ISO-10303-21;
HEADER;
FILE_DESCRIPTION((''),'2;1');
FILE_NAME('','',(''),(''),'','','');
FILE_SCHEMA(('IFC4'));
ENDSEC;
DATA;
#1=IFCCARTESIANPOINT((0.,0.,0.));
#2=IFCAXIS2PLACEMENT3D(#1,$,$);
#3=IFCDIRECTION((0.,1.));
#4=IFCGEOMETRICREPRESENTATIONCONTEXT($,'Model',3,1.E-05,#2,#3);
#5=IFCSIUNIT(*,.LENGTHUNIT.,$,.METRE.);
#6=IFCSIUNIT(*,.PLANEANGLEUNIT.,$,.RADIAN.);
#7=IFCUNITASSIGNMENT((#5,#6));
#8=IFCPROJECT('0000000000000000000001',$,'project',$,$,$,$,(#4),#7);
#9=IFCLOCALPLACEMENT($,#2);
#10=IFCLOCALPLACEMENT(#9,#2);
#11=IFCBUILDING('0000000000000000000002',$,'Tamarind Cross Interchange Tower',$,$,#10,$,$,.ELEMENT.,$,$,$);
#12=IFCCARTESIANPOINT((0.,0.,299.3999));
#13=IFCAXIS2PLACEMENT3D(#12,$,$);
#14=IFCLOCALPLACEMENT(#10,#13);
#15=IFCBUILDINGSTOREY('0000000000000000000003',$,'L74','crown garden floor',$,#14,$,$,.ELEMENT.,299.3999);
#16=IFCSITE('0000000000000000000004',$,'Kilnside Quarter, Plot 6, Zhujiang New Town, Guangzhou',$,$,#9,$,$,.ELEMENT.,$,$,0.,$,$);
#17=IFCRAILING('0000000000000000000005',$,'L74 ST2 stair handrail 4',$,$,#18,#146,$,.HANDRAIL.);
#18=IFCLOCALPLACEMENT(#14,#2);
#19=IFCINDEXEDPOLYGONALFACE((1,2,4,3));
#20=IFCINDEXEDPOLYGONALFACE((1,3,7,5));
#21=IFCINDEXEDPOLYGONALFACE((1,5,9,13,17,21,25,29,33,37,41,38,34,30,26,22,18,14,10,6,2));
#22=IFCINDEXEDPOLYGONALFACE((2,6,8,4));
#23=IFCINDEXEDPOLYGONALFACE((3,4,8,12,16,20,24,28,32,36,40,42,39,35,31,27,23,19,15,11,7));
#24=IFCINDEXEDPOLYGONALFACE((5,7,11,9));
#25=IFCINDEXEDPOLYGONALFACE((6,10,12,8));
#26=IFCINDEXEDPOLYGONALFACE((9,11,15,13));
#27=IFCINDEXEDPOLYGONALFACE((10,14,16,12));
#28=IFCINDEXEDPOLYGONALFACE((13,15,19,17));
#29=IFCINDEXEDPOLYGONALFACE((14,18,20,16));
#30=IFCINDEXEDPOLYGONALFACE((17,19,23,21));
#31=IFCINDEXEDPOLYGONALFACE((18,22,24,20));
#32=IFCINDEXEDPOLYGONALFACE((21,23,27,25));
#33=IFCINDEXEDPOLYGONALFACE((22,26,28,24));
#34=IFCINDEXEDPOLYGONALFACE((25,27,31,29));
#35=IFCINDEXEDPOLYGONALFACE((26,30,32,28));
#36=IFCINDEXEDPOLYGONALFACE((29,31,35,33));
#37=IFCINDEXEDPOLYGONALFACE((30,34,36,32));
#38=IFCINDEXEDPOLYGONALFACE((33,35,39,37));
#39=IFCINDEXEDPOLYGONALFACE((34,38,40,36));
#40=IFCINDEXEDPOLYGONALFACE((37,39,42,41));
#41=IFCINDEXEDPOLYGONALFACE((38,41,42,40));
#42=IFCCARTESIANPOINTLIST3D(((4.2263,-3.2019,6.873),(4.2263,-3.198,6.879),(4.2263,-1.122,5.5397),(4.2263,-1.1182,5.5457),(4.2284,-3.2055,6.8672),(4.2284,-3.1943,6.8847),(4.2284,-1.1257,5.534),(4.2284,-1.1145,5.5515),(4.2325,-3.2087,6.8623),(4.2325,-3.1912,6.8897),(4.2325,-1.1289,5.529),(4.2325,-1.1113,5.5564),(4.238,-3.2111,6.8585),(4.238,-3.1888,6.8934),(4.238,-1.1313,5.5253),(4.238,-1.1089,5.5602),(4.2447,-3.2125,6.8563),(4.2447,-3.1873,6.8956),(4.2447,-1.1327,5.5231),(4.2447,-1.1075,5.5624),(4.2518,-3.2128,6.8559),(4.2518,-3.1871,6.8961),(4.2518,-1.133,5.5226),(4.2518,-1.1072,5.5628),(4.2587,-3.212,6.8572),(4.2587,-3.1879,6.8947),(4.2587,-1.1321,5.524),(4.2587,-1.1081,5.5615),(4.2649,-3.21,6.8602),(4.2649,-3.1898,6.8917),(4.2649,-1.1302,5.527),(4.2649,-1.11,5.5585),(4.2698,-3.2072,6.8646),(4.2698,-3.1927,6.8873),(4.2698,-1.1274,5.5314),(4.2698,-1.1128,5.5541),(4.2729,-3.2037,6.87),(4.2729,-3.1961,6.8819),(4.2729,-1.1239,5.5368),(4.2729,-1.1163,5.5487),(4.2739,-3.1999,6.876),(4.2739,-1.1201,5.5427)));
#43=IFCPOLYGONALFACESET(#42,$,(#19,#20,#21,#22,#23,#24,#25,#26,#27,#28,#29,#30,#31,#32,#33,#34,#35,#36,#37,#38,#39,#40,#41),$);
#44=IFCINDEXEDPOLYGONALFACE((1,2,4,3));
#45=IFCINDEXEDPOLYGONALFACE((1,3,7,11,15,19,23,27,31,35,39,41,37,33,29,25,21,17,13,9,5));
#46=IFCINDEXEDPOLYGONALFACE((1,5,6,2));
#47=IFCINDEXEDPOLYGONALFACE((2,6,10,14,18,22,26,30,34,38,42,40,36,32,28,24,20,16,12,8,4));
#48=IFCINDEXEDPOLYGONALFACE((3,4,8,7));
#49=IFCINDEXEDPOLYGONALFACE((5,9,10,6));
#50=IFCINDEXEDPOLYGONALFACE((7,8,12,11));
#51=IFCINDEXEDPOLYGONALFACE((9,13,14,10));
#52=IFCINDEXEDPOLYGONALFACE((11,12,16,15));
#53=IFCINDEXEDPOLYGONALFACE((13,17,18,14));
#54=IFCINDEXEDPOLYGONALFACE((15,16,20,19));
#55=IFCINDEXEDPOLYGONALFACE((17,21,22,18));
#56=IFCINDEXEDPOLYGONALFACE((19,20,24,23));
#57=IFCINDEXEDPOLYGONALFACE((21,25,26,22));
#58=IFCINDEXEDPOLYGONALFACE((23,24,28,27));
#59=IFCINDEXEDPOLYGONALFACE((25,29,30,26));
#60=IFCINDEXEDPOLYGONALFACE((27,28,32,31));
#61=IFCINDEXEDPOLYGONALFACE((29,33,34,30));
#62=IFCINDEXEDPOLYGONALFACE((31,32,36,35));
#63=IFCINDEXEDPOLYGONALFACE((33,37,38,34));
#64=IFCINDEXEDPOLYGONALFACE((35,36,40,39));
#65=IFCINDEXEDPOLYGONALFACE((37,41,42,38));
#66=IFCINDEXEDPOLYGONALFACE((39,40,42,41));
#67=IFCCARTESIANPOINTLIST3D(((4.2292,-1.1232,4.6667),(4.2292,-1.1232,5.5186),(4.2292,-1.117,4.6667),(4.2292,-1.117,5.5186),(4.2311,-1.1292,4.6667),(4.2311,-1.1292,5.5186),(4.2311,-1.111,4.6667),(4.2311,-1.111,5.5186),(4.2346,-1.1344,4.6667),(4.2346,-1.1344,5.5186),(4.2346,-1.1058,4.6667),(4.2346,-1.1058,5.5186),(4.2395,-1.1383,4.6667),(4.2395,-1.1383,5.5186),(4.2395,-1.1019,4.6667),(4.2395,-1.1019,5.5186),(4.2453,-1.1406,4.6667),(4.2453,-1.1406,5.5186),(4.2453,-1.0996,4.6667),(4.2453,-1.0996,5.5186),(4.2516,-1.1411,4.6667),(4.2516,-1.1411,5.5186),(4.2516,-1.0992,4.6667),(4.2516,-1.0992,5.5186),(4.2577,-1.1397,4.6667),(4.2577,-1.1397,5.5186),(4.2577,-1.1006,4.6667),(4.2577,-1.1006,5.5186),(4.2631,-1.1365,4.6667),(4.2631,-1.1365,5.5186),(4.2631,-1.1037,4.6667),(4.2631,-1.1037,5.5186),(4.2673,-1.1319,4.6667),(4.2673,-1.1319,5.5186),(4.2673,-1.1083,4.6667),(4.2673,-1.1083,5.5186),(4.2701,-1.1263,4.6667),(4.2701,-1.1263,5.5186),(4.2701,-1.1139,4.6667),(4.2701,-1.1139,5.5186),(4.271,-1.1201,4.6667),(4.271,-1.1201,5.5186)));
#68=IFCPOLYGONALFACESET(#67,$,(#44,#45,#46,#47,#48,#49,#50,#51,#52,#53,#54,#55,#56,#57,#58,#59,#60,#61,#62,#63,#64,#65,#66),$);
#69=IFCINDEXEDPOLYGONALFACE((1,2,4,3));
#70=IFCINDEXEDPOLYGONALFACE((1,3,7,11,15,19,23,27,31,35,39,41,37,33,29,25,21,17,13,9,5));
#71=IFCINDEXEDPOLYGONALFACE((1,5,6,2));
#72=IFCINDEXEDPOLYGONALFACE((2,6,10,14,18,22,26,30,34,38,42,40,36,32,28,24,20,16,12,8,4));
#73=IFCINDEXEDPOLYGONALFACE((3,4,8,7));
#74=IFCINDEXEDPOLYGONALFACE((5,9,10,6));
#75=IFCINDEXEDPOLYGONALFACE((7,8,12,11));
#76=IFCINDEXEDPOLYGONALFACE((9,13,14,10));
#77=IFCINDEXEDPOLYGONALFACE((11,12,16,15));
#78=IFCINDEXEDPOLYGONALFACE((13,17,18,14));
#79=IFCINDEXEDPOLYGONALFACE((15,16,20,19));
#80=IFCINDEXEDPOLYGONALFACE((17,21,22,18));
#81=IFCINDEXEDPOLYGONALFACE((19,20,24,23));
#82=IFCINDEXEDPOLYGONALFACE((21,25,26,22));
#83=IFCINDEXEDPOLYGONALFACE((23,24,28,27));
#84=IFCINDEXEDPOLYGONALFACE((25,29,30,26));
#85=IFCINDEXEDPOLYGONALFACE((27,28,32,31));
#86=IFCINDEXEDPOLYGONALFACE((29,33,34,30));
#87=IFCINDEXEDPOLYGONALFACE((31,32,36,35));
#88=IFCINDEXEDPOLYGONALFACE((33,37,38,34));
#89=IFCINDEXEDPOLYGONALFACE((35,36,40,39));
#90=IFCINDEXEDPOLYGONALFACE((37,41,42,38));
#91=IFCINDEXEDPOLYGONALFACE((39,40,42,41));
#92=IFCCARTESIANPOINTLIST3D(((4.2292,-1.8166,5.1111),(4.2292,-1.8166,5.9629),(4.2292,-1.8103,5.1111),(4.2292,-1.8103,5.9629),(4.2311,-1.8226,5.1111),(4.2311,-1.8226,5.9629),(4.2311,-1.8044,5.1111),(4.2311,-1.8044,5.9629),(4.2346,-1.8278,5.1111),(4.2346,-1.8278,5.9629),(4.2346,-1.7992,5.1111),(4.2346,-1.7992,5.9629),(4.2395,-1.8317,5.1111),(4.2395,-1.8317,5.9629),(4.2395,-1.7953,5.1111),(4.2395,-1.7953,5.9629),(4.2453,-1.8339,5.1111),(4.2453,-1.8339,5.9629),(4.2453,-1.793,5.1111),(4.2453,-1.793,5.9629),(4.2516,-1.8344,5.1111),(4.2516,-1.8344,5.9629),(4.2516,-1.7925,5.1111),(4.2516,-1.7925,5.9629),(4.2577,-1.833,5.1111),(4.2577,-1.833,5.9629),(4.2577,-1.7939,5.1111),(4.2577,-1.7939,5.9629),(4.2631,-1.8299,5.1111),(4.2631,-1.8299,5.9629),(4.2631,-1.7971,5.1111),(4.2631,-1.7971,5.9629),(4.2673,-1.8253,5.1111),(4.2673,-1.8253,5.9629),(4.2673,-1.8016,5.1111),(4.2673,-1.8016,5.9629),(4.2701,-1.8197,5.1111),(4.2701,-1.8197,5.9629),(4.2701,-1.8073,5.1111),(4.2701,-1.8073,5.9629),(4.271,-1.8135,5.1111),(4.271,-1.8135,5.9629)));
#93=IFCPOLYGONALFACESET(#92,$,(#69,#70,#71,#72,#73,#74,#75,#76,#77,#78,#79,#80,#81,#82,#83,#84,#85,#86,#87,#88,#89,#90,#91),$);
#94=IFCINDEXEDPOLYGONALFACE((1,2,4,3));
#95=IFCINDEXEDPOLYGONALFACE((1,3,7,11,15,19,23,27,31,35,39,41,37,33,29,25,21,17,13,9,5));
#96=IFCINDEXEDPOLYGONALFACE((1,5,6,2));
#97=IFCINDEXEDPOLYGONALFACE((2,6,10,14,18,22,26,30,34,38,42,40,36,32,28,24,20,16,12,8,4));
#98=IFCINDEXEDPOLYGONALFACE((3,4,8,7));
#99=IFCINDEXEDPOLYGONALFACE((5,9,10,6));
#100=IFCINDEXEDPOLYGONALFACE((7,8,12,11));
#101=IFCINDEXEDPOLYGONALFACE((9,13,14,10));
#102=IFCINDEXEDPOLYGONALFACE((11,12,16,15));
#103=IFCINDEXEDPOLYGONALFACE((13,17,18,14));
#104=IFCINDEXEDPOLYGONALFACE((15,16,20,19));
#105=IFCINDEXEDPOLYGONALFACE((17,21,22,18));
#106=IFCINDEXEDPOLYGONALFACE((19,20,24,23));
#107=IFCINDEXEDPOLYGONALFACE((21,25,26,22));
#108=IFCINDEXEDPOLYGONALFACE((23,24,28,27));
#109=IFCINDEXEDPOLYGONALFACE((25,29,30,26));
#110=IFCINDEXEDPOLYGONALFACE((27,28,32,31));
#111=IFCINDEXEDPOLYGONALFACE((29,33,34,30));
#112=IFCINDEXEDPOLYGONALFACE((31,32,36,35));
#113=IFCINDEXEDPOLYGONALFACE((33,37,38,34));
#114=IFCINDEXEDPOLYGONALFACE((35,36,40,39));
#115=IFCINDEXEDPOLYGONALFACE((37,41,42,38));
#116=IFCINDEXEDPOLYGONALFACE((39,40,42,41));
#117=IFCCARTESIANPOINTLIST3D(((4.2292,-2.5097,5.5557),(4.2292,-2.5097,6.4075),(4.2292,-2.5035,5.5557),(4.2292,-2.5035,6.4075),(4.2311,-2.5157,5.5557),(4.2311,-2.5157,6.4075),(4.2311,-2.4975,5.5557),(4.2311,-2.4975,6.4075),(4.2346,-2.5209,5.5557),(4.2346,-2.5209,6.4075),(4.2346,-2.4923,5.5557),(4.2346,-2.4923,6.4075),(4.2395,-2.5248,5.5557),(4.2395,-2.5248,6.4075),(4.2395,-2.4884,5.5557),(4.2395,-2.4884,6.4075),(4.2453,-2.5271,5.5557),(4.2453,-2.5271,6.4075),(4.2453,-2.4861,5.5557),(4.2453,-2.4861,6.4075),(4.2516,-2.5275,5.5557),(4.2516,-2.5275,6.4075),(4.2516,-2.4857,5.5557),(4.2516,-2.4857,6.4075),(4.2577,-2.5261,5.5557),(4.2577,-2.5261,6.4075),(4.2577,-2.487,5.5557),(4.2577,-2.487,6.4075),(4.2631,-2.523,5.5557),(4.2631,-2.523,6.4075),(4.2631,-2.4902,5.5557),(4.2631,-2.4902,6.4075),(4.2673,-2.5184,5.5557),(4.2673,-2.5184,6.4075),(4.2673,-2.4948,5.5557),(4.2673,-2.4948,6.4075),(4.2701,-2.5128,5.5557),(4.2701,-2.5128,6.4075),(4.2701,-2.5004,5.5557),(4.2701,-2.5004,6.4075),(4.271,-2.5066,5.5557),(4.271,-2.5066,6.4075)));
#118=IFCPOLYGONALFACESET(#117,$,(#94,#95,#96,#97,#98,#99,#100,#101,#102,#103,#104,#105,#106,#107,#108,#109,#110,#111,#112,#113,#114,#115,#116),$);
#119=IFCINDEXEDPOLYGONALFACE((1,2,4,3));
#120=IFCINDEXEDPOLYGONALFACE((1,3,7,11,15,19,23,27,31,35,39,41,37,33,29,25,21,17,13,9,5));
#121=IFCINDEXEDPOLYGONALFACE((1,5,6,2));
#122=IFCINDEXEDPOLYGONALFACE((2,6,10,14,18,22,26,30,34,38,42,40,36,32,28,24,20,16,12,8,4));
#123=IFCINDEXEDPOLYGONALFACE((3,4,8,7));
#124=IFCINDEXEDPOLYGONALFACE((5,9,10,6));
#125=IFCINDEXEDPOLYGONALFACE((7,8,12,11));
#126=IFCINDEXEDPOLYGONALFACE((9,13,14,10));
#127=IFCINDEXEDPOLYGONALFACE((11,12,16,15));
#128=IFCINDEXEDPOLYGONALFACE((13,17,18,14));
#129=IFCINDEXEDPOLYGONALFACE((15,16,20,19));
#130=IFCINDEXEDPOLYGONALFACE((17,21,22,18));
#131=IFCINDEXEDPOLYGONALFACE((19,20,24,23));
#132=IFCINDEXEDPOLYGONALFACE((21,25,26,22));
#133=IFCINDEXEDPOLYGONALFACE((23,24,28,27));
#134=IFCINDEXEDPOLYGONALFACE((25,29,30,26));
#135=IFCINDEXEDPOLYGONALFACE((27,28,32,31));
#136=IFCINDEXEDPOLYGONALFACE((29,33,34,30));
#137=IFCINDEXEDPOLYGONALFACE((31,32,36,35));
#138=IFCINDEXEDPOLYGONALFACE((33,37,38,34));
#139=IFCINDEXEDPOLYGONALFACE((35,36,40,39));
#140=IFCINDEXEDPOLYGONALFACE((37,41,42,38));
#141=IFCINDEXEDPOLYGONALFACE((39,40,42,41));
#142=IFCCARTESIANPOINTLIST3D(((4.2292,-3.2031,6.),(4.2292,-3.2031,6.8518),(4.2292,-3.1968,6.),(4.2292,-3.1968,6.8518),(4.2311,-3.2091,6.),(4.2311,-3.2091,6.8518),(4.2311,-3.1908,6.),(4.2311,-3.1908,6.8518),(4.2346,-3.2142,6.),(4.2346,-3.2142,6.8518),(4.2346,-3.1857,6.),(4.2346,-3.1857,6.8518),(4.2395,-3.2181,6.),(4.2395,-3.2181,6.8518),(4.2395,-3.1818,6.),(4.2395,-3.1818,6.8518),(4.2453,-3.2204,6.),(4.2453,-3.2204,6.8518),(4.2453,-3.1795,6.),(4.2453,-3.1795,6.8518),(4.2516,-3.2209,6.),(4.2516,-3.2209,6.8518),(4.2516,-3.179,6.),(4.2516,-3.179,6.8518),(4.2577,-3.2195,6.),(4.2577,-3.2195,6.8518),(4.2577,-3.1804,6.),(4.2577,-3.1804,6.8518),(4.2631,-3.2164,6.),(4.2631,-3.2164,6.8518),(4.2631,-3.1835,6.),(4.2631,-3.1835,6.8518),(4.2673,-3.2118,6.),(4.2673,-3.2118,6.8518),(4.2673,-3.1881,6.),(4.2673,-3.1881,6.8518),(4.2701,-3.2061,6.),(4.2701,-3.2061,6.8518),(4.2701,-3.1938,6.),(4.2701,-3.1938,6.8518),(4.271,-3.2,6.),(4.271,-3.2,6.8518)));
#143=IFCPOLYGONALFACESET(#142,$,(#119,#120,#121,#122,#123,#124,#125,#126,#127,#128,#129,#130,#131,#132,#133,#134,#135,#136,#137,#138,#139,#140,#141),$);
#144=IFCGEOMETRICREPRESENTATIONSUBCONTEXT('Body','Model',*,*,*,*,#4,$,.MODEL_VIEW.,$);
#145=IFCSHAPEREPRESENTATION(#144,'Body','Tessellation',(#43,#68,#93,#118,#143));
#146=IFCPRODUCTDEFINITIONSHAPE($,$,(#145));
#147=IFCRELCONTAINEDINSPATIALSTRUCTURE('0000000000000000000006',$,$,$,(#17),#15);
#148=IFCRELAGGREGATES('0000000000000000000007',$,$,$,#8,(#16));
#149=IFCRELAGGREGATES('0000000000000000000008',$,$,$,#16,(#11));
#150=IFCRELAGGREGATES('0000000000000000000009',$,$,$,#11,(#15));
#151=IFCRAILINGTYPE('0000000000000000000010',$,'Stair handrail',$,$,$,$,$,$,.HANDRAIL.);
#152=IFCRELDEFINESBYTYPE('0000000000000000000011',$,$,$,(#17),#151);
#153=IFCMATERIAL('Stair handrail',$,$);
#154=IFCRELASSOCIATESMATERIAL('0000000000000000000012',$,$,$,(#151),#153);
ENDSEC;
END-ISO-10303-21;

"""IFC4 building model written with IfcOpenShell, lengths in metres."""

from ifc_helpers import new_model, si_unit, direction, frame, origin, origin_2d, place, context, subcontext, project, spatial, circle, extrude, material, type_object, element, save


model = new_model("IFC4")

# Units and contexts
model_context = context("Model", 3, precision=1e-05, world=origin(), true_north=direction((0.0, 1.0)))
body_context = subcontext(model_context, "Body", "Model", "MODEL_VIEW")
ifc_project = project(units=[si_unit("LENGTHUNIT", "METRE"), si_unit("PLANEANGLEUNIT", "RADIAN")], contexts=[model_context])

# Site, building, storey
site_placement = place(None, origin())
site = spatial("IfcSite", under=ifc_project, at=site_placement, Name="Kilnside Quarter, Plot 6, Zhujiang New Town, Guangzhou", CompositionType="ELEMENT", RefElevation=0.0)
building_placement = place(site_placement, origin())
building = spatial("IfcBuilding", under=site, at=building_placement, Name="Tamarind Cross Interchange Tower", CompositionType="ELEMENT")
storey_placement = place(building_placement, frame((0.0, 0.0, 299.3999)))
storey = spatial("IfcBuildingStorey", under=building, at=storey_placement, Name="L74", Description="crown garden floor", CompositionType="ELEMENT", Elevation=299.3999)

# Railing
ifc_material_1 = material(Name="Stair handrail")
railing_type_1 = type_object("IfcRailingType", Name="Stair handrail", PredefinedType="HANDRAIL", material=ifc_material_1)
railing_1_placement = place(storey_placement, frame((4.25, -1.1201, 4.6667)))
element("IfcRailing", 1, at=railing_1_placement, inside=storey, type_object=railing_type_1, Name="L74 ST2 stair handrail 4", PredefinedType="HANDRAIL", context=body_context, shape_type="SweptSolid", body=[
    extrude(circle(Radius=0.0239, at=origin_2d()), frame((0.0, 0.0, 0.876), z_axis=(0.0, -0.841875, 0.539673), x_axis=(1.0, 0.0, 0.0)), (0.0, 0.0, 1.0), 2.4705),
    extrude(circle(Radius=0.021, at=origin_2d()), origin(), (0.0, 0.0, 1.0), 0.8518),
    extrude(circle(Radius=0.021, at=origin_2d()), frame((0.0, -0.6934, 0.4443)), (0.0, 0.0, 1.0), 0.8518),
    extrude(circle(Radius=0.021, at=origin_2d()), frame((0.0, -1.3865, 0.8889)), (0.0, 0.0, 1.0), 0.8518),
    extrude(circle(Radius=0.021, at=origin_2d()), frame((0.0, -2.0798, 1.3333)), (0.0, 0.0, 1.0), 0.8518),
])

save(model, "model.ifc")
